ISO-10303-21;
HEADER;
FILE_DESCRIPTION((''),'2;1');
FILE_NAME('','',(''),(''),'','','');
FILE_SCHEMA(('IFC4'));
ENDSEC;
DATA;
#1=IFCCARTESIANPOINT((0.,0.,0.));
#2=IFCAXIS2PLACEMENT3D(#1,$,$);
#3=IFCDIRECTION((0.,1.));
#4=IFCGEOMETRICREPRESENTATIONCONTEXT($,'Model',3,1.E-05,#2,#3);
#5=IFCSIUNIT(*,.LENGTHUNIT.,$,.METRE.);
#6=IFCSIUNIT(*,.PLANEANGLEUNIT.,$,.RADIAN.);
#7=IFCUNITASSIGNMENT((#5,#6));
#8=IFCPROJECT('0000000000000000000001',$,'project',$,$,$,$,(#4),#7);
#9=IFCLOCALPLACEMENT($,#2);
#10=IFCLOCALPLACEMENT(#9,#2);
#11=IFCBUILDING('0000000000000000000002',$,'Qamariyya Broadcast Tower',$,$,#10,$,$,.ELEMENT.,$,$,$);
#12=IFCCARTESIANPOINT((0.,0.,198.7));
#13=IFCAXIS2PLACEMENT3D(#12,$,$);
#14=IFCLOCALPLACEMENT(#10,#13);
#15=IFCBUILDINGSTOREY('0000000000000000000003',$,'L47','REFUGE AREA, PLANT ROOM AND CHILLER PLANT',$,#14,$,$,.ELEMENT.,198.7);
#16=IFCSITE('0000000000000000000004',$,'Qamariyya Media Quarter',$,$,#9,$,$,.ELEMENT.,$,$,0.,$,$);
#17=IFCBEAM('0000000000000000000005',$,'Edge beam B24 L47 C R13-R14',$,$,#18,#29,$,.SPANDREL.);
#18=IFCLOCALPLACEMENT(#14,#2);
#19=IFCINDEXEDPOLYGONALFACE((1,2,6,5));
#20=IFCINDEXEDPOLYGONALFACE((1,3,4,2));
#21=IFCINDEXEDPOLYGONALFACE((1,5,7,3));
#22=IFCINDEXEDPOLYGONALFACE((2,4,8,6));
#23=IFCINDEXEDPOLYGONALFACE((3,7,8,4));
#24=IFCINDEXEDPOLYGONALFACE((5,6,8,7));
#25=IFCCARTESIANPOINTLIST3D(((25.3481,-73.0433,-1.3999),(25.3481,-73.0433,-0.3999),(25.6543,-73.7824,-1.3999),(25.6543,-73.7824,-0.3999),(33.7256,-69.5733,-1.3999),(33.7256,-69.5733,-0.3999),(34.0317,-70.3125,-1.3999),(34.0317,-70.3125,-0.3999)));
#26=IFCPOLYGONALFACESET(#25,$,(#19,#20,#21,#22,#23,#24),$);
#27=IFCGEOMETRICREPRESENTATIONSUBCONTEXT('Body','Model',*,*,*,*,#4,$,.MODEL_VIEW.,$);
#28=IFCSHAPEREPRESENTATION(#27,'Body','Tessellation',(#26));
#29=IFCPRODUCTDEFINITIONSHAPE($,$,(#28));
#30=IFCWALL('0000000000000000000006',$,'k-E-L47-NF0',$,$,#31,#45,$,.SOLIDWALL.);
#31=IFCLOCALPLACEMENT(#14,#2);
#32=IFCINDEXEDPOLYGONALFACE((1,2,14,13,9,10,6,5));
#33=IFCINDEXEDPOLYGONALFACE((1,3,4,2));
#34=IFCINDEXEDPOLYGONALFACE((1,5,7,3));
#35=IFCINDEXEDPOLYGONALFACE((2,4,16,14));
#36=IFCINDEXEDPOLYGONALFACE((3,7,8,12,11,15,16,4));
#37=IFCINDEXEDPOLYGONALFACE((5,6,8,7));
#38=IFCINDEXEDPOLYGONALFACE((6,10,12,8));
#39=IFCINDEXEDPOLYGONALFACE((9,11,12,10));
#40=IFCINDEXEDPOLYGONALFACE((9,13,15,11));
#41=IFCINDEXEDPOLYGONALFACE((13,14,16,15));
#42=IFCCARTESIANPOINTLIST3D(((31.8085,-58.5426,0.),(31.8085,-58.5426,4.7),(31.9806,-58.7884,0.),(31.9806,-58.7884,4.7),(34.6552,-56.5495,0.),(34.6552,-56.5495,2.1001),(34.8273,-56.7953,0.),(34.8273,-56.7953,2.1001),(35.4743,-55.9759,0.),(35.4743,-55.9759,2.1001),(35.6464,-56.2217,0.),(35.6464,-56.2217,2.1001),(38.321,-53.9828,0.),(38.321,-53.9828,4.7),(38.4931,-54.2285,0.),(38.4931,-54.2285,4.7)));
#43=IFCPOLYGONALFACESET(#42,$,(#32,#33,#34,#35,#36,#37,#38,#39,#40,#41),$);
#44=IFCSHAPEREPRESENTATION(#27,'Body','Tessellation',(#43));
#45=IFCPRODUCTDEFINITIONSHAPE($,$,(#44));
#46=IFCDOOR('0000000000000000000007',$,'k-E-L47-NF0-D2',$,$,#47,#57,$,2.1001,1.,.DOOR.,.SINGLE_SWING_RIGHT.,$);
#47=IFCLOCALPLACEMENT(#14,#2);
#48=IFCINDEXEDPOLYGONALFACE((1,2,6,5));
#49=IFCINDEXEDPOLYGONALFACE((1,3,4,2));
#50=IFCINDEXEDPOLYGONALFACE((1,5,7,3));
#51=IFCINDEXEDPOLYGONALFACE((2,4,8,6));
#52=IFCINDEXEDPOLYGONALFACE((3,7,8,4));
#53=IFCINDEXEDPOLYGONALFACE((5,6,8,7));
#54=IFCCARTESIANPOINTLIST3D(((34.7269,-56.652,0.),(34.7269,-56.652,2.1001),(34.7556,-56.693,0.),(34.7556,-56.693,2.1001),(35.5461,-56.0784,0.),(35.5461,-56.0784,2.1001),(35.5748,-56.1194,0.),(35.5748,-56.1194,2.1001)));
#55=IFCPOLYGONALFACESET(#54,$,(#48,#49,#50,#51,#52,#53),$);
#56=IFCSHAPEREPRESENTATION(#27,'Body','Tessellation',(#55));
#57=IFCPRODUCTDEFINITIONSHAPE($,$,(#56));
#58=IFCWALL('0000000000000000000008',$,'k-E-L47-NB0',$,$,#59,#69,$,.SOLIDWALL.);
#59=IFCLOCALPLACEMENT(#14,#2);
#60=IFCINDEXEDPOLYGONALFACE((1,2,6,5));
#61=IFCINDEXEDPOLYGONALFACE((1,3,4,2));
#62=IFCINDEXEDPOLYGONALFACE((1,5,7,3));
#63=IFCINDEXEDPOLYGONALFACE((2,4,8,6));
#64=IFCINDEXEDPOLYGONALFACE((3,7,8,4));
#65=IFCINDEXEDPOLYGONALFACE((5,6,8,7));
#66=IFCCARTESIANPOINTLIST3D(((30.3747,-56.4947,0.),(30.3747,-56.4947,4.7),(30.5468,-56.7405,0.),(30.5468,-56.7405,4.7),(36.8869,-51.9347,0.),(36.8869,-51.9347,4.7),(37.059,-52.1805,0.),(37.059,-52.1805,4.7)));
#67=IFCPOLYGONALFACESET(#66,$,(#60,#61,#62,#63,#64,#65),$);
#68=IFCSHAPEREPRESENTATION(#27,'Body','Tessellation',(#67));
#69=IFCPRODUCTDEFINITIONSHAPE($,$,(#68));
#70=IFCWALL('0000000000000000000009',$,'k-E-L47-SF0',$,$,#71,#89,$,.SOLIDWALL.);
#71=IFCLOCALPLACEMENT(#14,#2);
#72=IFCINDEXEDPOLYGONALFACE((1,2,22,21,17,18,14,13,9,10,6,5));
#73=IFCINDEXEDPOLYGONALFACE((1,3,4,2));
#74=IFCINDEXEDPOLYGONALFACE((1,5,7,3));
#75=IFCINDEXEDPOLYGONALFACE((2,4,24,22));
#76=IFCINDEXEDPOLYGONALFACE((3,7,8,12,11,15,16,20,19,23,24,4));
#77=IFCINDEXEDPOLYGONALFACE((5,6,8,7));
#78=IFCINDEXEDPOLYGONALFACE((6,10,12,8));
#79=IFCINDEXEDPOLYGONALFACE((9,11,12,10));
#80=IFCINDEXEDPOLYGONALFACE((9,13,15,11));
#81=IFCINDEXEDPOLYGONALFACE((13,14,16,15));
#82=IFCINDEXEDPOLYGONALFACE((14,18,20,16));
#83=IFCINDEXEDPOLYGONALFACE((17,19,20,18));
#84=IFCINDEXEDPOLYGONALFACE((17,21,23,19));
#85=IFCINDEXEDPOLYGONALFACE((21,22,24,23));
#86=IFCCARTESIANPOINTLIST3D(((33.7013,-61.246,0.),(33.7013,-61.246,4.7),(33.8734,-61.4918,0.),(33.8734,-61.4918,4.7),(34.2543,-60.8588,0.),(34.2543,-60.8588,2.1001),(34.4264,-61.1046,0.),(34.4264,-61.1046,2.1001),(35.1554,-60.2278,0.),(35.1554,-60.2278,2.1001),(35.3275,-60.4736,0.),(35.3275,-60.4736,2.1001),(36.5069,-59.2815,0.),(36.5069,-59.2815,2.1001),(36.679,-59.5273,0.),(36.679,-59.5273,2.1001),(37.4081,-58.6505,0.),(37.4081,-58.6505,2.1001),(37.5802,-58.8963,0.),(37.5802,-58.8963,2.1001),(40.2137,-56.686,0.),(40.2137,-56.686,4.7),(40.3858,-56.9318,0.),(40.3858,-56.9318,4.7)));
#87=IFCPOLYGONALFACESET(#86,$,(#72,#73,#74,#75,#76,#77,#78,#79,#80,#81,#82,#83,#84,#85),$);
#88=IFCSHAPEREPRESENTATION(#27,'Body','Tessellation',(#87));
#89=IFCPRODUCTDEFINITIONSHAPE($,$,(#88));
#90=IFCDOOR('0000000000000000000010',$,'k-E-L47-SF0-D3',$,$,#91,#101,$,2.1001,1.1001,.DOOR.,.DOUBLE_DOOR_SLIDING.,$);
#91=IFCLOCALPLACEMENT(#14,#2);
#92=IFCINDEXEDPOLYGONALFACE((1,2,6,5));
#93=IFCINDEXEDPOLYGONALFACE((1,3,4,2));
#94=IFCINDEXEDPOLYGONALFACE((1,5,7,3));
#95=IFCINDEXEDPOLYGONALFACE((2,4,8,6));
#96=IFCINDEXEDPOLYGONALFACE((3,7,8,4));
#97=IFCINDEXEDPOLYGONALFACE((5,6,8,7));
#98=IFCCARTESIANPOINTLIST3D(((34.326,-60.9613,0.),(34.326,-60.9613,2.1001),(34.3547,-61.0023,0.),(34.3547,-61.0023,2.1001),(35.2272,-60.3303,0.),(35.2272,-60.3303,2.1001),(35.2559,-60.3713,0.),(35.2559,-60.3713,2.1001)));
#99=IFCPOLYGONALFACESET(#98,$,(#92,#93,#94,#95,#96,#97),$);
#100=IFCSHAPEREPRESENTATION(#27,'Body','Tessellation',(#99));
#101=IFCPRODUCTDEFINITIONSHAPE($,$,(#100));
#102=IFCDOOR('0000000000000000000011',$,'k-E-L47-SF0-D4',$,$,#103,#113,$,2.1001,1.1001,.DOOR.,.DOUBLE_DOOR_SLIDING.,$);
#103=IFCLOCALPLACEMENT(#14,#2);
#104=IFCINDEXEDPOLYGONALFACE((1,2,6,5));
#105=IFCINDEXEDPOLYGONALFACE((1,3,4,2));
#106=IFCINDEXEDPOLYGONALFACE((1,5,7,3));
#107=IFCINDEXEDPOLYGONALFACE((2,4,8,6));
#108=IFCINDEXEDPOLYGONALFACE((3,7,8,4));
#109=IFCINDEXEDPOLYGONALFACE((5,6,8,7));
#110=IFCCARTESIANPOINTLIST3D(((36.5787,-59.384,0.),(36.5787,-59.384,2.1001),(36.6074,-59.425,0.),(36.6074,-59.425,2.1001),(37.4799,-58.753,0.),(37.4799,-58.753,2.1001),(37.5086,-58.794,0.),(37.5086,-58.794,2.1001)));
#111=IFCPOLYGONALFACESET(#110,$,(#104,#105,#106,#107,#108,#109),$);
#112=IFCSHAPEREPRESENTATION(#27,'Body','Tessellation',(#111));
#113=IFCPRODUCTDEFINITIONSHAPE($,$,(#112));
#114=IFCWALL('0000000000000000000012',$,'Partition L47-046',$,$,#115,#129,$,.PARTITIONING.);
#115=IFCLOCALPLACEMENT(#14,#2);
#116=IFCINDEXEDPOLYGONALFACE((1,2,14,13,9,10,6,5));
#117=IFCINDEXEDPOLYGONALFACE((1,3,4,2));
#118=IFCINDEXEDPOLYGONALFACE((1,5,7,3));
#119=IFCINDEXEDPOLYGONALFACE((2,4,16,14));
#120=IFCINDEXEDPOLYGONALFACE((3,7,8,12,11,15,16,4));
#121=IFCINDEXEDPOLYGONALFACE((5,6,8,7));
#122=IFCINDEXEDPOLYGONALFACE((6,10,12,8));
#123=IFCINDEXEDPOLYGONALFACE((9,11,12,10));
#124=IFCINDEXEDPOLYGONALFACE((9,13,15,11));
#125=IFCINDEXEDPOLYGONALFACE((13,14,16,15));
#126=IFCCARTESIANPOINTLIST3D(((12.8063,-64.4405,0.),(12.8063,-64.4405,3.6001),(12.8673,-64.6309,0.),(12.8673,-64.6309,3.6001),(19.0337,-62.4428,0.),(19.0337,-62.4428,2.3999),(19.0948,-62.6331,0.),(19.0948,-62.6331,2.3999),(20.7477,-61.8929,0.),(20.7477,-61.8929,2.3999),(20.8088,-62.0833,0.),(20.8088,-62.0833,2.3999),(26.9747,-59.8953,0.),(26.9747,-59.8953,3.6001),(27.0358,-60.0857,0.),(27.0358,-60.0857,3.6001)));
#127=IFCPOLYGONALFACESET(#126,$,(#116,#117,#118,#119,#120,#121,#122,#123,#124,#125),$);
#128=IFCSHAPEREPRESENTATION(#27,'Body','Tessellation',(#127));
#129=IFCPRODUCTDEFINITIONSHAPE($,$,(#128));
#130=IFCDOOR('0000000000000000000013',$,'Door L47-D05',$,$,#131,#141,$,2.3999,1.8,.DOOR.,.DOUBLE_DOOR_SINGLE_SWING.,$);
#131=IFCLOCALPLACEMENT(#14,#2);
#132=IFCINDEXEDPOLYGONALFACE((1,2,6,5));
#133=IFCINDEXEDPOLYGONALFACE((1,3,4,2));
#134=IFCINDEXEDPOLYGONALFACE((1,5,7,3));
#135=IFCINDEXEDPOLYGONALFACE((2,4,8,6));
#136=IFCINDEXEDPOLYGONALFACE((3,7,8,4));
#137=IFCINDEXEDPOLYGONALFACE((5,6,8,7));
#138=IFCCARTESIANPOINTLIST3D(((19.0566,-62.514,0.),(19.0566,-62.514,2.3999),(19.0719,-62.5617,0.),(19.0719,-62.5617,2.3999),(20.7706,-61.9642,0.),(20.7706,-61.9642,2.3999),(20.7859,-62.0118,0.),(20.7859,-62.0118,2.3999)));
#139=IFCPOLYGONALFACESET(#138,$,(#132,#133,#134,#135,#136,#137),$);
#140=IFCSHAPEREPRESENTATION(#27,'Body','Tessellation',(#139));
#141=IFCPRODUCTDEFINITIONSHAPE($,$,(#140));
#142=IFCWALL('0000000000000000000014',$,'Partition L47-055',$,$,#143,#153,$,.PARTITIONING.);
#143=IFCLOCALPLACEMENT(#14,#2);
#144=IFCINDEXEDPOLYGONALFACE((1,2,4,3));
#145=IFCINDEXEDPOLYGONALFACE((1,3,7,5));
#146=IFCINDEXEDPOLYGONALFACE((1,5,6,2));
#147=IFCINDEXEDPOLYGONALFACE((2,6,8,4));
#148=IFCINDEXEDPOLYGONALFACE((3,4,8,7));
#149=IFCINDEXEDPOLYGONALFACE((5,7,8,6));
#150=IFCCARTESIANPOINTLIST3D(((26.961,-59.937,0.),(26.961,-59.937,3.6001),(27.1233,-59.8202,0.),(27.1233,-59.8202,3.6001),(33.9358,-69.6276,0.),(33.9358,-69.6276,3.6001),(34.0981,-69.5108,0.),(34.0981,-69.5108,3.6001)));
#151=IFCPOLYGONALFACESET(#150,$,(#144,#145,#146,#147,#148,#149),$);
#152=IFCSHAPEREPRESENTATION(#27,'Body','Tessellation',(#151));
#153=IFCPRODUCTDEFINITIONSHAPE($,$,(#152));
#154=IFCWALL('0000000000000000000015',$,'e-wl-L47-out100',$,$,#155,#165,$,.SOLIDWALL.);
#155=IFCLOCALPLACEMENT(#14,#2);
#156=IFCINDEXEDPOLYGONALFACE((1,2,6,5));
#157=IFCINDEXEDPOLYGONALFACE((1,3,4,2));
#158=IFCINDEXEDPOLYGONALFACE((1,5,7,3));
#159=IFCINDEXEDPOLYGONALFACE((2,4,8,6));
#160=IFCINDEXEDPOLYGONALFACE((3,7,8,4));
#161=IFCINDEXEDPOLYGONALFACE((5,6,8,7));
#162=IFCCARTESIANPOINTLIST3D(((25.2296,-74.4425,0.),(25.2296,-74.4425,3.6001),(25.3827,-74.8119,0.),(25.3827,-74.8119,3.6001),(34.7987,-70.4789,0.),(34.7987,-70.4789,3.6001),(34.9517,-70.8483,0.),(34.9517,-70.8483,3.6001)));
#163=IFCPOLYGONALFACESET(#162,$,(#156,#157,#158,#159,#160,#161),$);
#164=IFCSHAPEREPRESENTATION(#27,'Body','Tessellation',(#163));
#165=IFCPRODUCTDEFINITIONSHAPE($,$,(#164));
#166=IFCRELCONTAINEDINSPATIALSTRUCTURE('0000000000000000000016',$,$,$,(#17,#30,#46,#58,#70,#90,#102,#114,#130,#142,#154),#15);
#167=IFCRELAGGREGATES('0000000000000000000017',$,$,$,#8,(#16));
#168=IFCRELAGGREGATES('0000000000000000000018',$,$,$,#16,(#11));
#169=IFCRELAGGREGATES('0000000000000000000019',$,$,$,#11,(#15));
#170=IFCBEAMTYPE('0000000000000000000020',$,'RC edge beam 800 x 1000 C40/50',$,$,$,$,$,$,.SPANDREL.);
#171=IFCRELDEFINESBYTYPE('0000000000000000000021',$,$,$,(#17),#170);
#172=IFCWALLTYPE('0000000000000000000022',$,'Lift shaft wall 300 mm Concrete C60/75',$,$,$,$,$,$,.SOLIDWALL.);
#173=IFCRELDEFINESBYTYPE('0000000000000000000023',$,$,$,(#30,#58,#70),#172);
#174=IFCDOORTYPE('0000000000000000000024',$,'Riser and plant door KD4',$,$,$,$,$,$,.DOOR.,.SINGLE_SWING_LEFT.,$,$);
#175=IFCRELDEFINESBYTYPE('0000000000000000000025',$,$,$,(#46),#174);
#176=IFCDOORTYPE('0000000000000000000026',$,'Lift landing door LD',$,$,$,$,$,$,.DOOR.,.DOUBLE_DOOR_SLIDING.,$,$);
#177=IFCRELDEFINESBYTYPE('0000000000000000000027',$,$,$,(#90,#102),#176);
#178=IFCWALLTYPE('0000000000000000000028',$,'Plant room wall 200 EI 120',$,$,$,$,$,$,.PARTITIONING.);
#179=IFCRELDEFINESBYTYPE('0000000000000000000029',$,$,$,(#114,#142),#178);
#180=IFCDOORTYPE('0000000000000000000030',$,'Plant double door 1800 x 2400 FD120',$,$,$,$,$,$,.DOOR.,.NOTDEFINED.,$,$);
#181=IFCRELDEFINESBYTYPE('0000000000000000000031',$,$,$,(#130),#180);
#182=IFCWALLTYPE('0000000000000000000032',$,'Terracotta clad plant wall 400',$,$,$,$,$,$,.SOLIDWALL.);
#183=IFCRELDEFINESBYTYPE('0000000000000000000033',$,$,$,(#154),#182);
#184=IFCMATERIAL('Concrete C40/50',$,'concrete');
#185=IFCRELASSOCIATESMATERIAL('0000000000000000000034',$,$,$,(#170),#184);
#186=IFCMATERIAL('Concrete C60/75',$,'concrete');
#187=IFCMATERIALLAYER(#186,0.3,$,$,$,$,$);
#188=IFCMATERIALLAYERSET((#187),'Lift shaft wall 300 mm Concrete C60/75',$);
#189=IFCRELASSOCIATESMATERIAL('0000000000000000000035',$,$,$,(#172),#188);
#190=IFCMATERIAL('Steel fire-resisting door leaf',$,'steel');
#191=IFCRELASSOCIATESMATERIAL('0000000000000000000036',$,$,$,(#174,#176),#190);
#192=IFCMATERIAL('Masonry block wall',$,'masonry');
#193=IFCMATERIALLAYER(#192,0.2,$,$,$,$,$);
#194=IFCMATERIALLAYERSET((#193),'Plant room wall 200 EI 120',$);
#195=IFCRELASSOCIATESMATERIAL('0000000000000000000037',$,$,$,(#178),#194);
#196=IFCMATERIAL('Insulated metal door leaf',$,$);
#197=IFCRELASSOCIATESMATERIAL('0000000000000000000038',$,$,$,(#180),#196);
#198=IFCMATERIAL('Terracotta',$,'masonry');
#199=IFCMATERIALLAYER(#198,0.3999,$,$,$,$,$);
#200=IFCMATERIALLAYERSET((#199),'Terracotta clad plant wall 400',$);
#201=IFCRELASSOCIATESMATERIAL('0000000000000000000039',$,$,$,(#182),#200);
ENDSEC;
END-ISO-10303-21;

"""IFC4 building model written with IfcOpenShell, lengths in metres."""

from ifc_helpers import new_model, si_unit, direction, frame, frame_2d, origin, origin_2d, place, context, subcontext, project, spatial, rectangle, extrude, material, layer, layer_set, material_profile, profile_set, type_object, element, fill, save


model = new_model("IFC4")

# Units and contexts
model_context = context("Model", 3, precision=1e-05, world=origin(), true_north=direction((0.0, 1.0)))
body_context = subcontext(model_context, "Body", "Model", "MODEL_VIEW")
ifc_project = project(units=[si_unit("LENGTHUNIT", "METRE"), si_unit("PLANEANGLEUNIT", "RADIAN")], contexts=[model_context])

# Site, building, storey
site_placement = place(None, origin())
site = spatial("IfcSite", under=ifc_project, at=site_placement, Name="Qamariyya Media Quarter", CompositionType="ELEMENT", RefElevation=0.0)
building_placement = place(site_placement, origin())
building = spatial("IfcBuilding", under=site, at=building_placement, Name="Qamariyya Broadcast Tower", CompositionType="ELEMENT")
storey_placement = place(building_placement, frame((0.0, 0.0, 198.7)))
storey = spatial("IfcBuildingStorey", under=building, at=storey_placement, Name="L47", Description="REFUGE AREA, PLANT ROOM AND CHILLER PLANT", CompositionType="ELEMENT", Elevation=198.7)

# Shared definitions
ifc_material_1 = material(Name="Concrete C60/75", Category="concrete")

# Beam
ifc_material_2 = material(Name="Concrete C40/50", Category="concrete")
ifc_material_profile_1 = material_profile(ifc_material_2, rectangle(XDim=0.8, YDim=1.0, at=origin_2d()))
ifc_profile_set_1 = profile_set([ifc_material_profile_1], Name="Concrete C40/50")
beam_type = type_object("IfcBeamType", Name="RC edge beam 800 x 1000 C40/50", PredefinedType="SPANDREL", material=ifc_profile_set_1)
beam_placement = place(storey_placement, frame((25.5012, -73.4128, -0.8999), z_axis=(0.923883, 0.382676, 0.0), x_axis=(-0.382676, 0.923883, 0.0)))
element("IfcBeam", 1, at=beam_placement, inside=storey, type_object=beam_type, Name="Edge beam B24 L47 C R13-R14", PredefinedType="SPANDREL", context=body_context, shape_type="SweptSolid", body=[
    extrude(rectangle(XDim=0.8, YDim=1.0, at=origin_2d()), origin(), (0.0, 0.0, 1.0), 9.0676),
])

# Wall, opening, door
ifc_layer_1 = layer(ifc_material_1, 0.3)
ifc_layer_set_1 = layer_set([ifc_layer_1], Name="Lift shaft wall 300 mm Concrete C60/75")
wall_type_1 = type_object("IfcWallType", Name="Lift shaft wall 300 mm Concrete C60/75", PredefinedType="SOLIDWALL", material=ifc_layer_set_1)
wall_1_placement = place(storey_placement, frame((31.8945, -58.6655, 0.0), z_axis=(0.0, 0.0, 1.0), x_axis=(0.819167, 0.573555, 0.0)))
wall_1 = element("IfcWall", 2, at=wall_1_placement, inside=storey, type_object=wall_type_1, Name="k-E-L47-NF0", PredefinedType="SOLIDWALL", context=body_context, shape_type="SweptSolid", body=[
    extrude(rectangle(XDim=7.9502, YDim=0.3, at=frame_2d((3.9751, 0.0))), origin(), (0.0, 0.0, 1.0), 4.7),
])
opening_1_placement = place(wall_1_placement, frame((3.4751, 0.0, 0.0)))
opening_1 = element("IfcOpeningElement", 3, at=opening_1_placement, cuts=wall_1, PredefinedType="OPENING", context=body_context, shape_type="SweptSolid", body=[
    extrude(rectangle(XDim=1.0, YDim=2.1001, at=frame_2d((0.5, 1.05))), frame((0.0, 0.1599, 0.0), z_axis=(0.0, -1.0, 0.0), x_axis=(1.0, 0.0, 0.0)), (0.0, 0.0, 1.0), 0.3201),
])
ifc_material_3 = material(Name="Steel fire-resisting door leaf", Category="steel")
door_type_1 = type_object("IfcDoorType", Name="Riser and plant door KD4", OperationType="SINGLE_SWING_LEFT", PredefinedType="DOOR", material=ifc_material_3)
door_1_placement = place(opening_1_placement, origin())
door_1 = element("IfcDoor", 4, at=door_1_placement, inside=storey, type_object=door_type_1, Name="k-E-L47-NF0-D2", OperationType="SINGLE_SWING_RIGHT", OverallHeight=2.1001, OverallWidth=1.0, PredefinedType="DOOR", context=body_context, shape_type="SweptSolid", body=[
    extrude(rectangle(XDim=1.0, YDim=2.1001, at=frame_2d((0.5, 1.05))), frame((0.0, 0.0249, 0.0), z_axis=(0.0, -1.0, 0.0), x_axis=(1.0, 0.0, 0.0)), (0.0, 0.0, 1.0), 0.05),
])
fill(opening_1, door_1)

# Wall
wall_2_placement = place(storey_placement, frame((30.4607, -56.6177, 0.0), z_axis=(0.0, 0.0, 1.0), x_axis=(0.819142, 0.57359, 0.0)))
element("IfcWall", 5, at=wall_2_placement, inside=storey, type_object=wall_type_1, Name="k-E-L47-NB0", PredefinedType="SOLIDWALL", context=body_context, shape_type="SweptSolid", body=[
    extrude(rectangle(XDim=7.95, YDim=0.3, at=frame_2d((3.9751, 0.0))), origin(), (0.0, 0.0, 1.0), 4.7),
])

# Wall, openings, doors
wall_3_placement = place(storey_placement, frame((33.7874, -61.3689, 0.0), z_axis=(0.0, 0.0, 1.0), x_axis=(0.819153, 0.573576, 0.0)))
wall_3 = element("IfcWall", 6, at=wall_3_placement, inside=storey, type_object=wall_type_1, Name="k-E-L47-SF0", PredefinedType="SOLIDWALL", context=body_context, shape_type="SweptSolid", body=[
    extrude(rectangle(XDim=7.9502, YDim=0.3, at=frame_2d((3.9751, 0.0))), origin(), (0.0, 0.0, 1.0), 4.7),
])
opening_2_placement = place(wall_3_placement, frame((0.675, 0.0, 0.0)))
opening_2 = element("IfcOpeningElement", 7, at=opening_2_placement, cuts=wall_3, PredefinedType="OPENING", context=body_context, shape_type="SweptSolid", body=[
    extrude(rectangle(XDim=1.1001, YDim=2.1001, at=frame_2d((0.55, 1.05))), frame((0.0, 0.1599, 0.0), z_axis=(0.0, -1.0, 0.0), x_axis=(1.0, 0.0, 0.0)), (0.0, 0.0, 1.0), 0.3201),
])
opening_3_placement = place(wall_3_placement, frame((3.425, 0.0, 0.0)))
opening_3 = element("IfcOpeningElement", 8, at=opening_3_placement, cuts=wall_3, PredefinedType="OPENING", context=body_context, shape_type="SweptSolid", body=[
    extrude(rectangle(XDim=1.1001, YDim=2.1001, at=frame_2d((0.55, 1.05))), frame((0.0, 0.1599, 0.0), z_axis=(0.0, -1.0, 0.0), x_axis=(1.0, 0.0, 0.0)), (0.0, 0.0, 1.0), 0.3201),
])
door_type_2 = type_object("IfcDoorType", Name="Lift landing door LD", OperationType="DOUBLE_DOOR_SLIDING", PredefinedType="DOOR", material=ifc_material_3)
door_2_placement = place(opening_2_placement, origin())
door_2 = element("IfcDoor", 9, at=door_2_placement, inside=storey, type_object=door_type_2, Name="k-E-L47-SF0-D3", OperationType="DOUBLE_DOOR_SLIDING", OverallHeight=2.1001, OverallWidth=1.1001, PredefinedType="DOOR", context=body_context, shape_type="SweptSolid", body=[
    extrude(rectangle(XDim=1.1001, YDim=2.1001, at=frame_2d((0.55, 1.05))), frame((0.0, 0.0249, 0.0), z_axis=(0.0, -1.0, 0.0), x_axis=(1.0, 0.0, 0.0)), (0.0, 0.0, 1.0), 0.05),
])
fill(opening_2, door_2)
door_3_placement = place(opening_3_placement, origin())
door_3 = element("IfcDoor", 10, at=door_3_placement, inside=storey, type_object=door_type_2, Name="k-E-L47-SF0-D4", OperationType="DOUBLE_DOOR_SLIDING", OverallHeight=2.1001, OverallWidth=1.1001, PredefinedType="DOOR", context=body_context, shape_type="SweptSolid", body=[
    extrude(rectangle(XDim=1.1001, YDim=2.1001, at=frame_2d((0.55, 1.05))), frame((0.0, 0.0249, 0.0), z_axis=(0.0, -1.0, 0.0), x_axis=(1.0, 0.0, 0.0)), (0.0, 0.0, 1.0), 0.05),
])
fill(opening_3, door_3)

# Wall, opening, door
ifc_material_4 = material(Name="Masonry block wall", Category="masonry")
ifc_layer_2 = layer(ifc_material_4, 0.2)
ifc_layer_set_2 = layer_set([ifc_layer_2], Name="Plant room wall 200 EI 120")
wall_type_2 = type_object("IfcWallType", Name="Plant room wall 200 EI 120", PredefinedType="PARTITIONING", material=ifc_layer_set_2)
wall_4_placement = place(storey_placement, frame((27.0054, -59.9905, 0.0), z_axis=(0.0, 0.0, 1.0), x_axis=(-0.952204, -0.305462, 0.0)))
wall_4 = element("IfcWall", 11, at=wall_4_placement, inside=storey, type_object=wall_type_2, Name="Partition L47-046", PredefinedType="PARTITIONING", context=body_context, shape_type="SweptSolid", body=[
    extrude(rectangle(XDim=14.8796, YDim=0.2, at=frame_2d((7.4399, 0.0))), origin(), (0.0, 0.0, 1.0), 3.6001),
])
opening_4_placement = place(wall_4_placement, frame((6.5398, 0.0, 0.0)))
opening_4 = element("IfcOpeningElement", 12, at=opening_4_placement, cuts=wall_4, PredefinedType="OPENING", context=body_context, shape_type="SweptSolid", body=[
    extrude(rectangle(XDim=1.8, YDim=2.3999, at=frame_2d((0.8999, 1.2))), frame((0.0, 0.1099, 0.0), z_axis=(0.0, -1.0, 0.0), x_axis=(1.0, 0.0, 0.0)), (0.0, 0.0, 1.0), 0.22),
])
ifc_material_5 = material(Name="Insulated metal door leaf")
door_type_3 = type_object("IfcDoorType", Name="Plant double door 1800 x 2400 FD120", OperationType="NOTDEFINED", PredefinedType="DOOR", material=ifc_material_5)
door_4_placement = place(opening_4_placement, origin())
door_4 = element("IfcDoor", 13, at=door_4_placement, inside=storey, type_object=door_type_3, Name="Door L47-D05", OperationType="DOUBLE_DOOR_SINGLE_SWING", OverallHeight=2.3999, OverallWidth=1.8, PredefinedType="DOOR", context=body_context, shape_type="SweptSolid", body=[
    extrude(rectangle(XDim=1.8, YDim=2.3999, at=frame_2d((0.8999, 1.2))), frame((0.0, 0.0249, 0.0), z_axis=(0.0, -1.0, 0.0), x_axis=(1.0, 0.0, 0.0)), (0.0, 0.0, 1.0), 0.05),
])
fill(opening_4, door_4)

# Walls
wall_5_placement = place(storey_placement, frame((27.0422, -59.8787, 0.0), z_axis=(0.0, 0.0, 1.0), x_axis=(0.584171, -0.811631, 0.0)))
element("IfcWall", 14, at=wall_5_placement, inside=storey, type_object=wall_type_2, Name="Partition L47-055", PredefinedType="PARTITIONING", context=body_context, shape_type="SweptSolid", body=[
    extrude(rectangle(XDim=11.9397, YDim=0.2, at=frame_2d((5.9697, 0.0))), origin(), (0.0, 0.0, 1.0), 3.6001),
])
ifc_material_6 = material(Name="Terracotta", Category="masonry")
ifc_layer_3 = layer(ifc_material_6, 0.3999)
ifc_layer_set_3 = layer_set([ifc_layer_3], Name="Terracotta clad plant wall 400")
wall_type_3 = type_object("IfcWallType", Name="Terracotta clad plant wall 400", PredefinedType="SOLIDWALL", material=ifc_layer_set_3)
wall_6_placement = place(storey_placement, frame((25.3062, -74.6272, 0.0), z_axis=(0.0, 0.0, 1.0), x_axis=(0.92388, 0.382681, 0.0)))
element("IfcWall", 15, at=wall_6_placement, inside=storey, type_object=wall_type_3, Name="e-wl-L47-out100", PredefinedType="SOLIDWALL", context=body_context, shape_type="SweptSolid", body=[
    extrude(rectangle(XDim=10.3574, YDim=0.3999, at=frame_2d((5.1787, 0.0))), origin(), (0.0, 0.0, 1.0), 3.6001),
])

save(model, "model.ifc")
